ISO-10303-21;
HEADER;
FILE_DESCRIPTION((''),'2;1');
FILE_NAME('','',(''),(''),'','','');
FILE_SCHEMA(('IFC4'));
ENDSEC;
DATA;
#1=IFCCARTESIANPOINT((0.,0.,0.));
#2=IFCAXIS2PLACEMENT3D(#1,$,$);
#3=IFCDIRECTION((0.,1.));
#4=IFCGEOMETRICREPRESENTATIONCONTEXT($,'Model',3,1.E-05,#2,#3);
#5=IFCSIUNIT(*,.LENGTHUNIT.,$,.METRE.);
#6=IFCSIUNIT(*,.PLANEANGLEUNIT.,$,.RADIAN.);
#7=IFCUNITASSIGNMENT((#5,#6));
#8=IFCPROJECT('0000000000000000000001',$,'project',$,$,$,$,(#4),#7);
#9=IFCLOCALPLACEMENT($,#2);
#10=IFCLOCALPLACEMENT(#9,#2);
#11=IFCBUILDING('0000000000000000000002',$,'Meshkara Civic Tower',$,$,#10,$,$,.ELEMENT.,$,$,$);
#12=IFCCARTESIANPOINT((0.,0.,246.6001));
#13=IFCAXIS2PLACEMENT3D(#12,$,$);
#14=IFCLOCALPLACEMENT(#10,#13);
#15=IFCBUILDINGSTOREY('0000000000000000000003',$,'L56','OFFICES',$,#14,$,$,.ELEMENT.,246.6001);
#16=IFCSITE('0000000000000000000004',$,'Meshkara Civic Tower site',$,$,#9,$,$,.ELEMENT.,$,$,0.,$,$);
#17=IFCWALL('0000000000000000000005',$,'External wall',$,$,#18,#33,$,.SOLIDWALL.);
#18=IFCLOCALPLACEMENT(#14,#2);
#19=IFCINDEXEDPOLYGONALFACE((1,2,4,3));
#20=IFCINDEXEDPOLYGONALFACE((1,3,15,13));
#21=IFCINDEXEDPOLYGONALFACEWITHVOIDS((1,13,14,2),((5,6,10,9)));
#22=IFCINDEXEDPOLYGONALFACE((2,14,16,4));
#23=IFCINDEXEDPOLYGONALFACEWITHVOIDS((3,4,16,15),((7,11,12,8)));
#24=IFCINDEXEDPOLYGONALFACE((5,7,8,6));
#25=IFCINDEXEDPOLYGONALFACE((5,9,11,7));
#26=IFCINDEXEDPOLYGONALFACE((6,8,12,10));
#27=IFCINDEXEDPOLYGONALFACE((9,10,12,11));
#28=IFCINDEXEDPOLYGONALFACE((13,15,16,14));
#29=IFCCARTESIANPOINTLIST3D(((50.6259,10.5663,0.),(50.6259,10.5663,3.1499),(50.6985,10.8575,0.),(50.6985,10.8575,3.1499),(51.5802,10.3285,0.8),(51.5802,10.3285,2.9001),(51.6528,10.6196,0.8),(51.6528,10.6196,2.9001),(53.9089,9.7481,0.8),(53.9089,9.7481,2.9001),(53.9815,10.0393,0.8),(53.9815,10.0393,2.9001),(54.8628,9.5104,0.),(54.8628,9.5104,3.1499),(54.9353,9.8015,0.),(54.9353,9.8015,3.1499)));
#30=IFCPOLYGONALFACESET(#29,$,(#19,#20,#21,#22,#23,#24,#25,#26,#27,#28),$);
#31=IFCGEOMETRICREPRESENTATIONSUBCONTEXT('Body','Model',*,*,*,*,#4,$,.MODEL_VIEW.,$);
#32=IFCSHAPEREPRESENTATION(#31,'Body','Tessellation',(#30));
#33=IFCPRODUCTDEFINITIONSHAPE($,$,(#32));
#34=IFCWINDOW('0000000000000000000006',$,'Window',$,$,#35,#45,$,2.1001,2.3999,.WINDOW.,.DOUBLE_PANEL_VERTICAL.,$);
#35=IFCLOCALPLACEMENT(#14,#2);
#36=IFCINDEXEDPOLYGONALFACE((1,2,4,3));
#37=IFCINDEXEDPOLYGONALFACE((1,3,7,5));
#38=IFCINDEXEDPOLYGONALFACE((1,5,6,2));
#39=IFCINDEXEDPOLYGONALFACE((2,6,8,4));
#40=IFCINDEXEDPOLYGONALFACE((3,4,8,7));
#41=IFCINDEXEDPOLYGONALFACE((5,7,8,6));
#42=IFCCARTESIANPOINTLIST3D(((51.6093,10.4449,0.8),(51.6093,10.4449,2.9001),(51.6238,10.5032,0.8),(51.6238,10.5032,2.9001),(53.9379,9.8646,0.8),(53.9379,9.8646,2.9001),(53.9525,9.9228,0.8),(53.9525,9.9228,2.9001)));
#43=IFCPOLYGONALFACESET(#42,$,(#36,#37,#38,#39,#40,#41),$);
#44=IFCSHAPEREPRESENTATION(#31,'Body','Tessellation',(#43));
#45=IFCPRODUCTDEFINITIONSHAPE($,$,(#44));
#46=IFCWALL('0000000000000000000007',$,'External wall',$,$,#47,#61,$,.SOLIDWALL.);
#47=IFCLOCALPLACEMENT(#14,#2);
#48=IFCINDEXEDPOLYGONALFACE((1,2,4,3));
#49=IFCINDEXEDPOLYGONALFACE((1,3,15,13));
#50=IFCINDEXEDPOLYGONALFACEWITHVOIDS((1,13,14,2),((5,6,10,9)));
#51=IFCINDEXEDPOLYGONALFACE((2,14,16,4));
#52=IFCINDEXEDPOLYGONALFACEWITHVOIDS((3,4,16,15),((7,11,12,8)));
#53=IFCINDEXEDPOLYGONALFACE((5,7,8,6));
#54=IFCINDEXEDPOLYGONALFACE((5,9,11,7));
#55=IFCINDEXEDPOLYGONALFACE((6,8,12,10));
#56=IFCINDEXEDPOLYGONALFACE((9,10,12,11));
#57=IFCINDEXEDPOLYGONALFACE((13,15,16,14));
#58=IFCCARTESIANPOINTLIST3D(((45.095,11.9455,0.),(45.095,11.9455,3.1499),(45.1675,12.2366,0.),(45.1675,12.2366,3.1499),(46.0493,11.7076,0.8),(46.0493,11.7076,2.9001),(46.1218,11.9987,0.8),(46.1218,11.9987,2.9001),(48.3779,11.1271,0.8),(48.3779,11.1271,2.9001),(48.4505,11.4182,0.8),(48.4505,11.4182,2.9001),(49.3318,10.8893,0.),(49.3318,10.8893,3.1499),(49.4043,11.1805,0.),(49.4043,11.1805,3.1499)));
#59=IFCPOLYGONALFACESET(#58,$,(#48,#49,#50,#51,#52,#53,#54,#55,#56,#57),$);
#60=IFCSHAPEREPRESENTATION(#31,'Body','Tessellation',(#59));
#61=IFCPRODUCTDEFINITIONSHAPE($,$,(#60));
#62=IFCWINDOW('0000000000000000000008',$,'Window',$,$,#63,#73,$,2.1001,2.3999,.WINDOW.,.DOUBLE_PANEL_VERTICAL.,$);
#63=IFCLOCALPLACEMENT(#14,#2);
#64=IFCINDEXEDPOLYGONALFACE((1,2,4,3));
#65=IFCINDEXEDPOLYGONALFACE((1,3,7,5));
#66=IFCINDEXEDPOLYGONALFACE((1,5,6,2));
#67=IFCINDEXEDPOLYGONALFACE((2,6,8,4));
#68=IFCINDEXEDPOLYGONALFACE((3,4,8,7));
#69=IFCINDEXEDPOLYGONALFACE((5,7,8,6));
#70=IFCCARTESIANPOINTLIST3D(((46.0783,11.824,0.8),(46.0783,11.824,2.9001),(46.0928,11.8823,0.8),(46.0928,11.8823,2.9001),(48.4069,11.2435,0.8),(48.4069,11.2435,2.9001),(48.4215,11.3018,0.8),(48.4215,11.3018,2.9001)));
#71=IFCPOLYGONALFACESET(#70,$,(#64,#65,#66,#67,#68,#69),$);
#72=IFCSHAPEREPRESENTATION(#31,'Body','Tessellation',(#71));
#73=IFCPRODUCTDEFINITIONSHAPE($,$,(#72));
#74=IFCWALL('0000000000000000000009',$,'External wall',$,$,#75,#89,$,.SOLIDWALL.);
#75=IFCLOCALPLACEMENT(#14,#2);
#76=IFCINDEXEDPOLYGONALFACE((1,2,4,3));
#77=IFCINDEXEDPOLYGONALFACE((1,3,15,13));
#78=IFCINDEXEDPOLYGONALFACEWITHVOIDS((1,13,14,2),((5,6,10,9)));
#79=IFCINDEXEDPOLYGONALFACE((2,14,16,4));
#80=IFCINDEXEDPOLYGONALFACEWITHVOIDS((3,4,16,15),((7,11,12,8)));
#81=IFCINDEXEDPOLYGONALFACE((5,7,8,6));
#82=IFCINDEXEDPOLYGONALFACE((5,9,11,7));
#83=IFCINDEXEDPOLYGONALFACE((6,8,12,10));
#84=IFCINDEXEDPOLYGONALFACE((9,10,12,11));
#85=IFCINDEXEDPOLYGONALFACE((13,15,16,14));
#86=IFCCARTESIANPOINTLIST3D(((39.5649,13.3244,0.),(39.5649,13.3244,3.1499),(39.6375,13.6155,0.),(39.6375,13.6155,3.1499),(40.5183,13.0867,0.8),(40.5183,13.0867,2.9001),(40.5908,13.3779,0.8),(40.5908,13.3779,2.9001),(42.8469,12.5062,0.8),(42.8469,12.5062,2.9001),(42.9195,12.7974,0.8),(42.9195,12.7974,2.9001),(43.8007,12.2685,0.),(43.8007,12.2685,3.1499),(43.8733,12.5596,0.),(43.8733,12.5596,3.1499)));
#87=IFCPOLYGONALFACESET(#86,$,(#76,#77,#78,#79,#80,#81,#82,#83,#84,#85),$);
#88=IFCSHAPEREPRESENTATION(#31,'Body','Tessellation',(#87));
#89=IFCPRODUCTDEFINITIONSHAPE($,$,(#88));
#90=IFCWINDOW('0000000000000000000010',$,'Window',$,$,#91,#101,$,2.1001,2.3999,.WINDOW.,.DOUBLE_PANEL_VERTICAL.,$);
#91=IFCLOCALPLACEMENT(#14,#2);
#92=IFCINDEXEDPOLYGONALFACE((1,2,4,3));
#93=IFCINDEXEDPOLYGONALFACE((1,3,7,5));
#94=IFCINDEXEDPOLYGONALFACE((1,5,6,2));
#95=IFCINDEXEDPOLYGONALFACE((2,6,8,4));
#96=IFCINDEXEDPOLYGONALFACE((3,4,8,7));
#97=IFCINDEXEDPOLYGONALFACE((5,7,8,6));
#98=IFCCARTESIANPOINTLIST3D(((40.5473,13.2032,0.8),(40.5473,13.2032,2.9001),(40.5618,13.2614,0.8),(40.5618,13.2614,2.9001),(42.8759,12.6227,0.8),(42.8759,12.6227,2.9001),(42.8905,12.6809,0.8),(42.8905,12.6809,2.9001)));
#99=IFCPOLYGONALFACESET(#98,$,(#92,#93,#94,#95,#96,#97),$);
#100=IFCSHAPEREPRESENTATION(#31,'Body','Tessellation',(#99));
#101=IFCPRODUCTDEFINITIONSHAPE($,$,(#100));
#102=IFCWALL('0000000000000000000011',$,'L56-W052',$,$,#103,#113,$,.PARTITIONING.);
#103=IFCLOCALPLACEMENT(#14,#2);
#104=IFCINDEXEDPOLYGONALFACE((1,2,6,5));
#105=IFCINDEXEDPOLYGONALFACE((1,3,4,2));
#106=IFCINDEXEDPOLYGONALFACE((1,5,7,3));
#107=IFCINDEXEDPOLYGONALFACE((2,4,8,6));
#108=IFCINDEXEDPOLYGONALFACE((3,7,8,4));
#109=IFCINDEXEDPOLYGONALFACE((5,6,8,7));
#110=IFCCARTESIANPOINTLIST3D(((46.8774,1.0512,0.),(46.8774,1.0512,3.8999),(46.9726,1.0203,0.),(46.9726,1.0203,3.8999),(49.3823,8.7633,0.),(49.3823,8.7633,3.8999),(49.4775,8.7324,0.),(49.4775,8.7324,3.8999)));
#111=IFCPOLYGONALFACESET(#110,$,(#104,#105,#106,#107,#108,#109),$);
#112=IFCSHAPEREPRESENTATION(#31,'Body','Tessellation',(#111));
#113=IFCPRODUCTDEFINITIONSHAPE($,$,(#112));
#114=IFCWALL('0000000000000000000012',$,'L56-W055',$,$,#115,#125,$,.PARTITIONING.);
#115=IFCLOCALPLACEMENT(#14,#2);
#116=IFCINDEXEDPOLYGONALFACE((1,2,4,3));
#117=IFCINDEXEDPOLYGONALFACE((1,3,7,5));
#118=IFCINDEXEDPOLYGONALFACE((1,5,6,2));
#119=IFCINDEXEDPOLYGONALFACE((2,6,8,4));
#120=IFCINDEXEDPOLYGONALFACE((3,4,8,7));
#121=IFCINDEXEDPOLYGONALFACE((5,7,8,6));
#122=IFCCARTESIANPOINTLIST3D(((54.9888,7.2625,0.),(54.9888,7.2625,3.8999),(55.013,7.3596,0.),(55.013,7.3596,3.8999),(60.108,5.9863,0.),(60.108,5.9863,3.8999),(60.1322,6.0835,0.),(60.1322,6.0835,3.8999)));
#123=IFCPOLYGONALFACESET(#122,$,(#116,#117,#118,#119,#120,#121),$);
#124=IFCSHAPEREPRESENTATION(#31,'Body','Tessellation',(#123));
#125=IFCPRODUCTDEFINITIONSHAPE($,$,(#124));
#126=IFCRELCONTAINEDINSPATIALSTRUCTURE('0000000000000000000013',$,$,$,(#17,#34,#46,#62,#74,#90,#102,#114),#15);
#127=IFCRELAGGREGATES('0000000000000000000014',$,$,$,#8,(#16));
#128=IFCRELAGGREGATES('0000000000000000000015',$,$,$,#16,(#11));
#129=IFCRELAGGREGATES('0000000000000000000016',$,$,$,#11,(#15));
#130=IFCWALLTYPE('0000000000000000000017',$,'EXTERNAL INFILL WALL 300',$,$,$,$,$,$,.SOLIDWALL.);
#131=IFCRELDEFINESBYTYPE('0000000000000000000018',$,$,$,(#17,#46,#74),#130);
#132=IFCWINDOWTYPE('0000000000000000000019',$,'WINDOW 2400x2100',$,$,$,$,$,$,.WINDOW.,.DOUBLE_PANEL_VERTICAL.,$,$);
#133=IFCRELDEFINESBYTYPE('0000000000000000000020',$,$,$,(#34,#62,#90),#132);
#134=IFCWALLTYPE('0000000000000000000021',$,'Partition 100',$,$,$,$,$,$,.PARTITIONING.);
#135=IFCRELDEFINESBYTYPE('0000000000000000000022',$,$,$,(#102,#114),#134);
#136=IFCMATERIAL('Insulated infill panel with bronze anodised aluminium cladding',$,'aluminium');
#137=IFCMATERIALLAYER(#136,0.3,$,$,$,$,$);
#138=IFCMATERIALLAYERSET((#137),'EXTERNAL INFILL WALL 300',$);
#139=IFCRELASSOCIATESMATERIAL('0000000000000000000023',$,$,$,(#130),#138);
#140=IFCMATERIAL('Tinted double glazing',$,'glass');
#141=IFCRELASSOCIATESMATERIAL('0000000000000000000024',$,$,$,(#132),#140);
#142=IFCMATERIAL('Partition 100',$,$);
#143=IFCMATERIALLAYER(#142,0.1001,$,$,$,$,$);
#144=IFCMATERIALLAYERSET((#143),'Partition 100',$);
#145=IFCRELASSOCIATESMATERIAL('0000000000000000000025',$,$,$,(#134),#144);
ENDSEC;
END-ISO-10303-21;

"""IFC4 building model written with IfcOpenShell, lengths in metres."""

from ifc_helpers import new_model, si_unit, direction, frame, frame_2d, origin, place, context, subcontext, project, spatial, rectangle, extrude, material, layer, layer_set, type_object, element, fill, save


model = new_model("IFC4")

# Units and contexts
model_context = context("Model", 3, precision=1e-05, world=origin(), true_north=direction((0.0, 1.0)))
body_context = subcontext(model_context, "Body", "Model", "MODEL_VIEW")
ifc_project = project(units=[si_unit("LENGTHUNIT", "METRE"), si_unit("PLANEANGLEUNIT", "RADIAN")], contexts=[model_context])

# Site, building, storey
site_placement = place(None, origin())
site = spatial("IfcSite", under=ifc_project, at=site_placement, Name="Meshkara Civic Tower site", CompositionType="ELEMENT", RefElevation=0.0)
building_placement = place(site_placement, origin())
building = spatial("IfcBuilding", under=site, at=building_placement, Name="Meshkara Civic Tower", CompositionType="ELEMENT")
storey_placement = place(building_placement, frame((0.0, 0.0, 246.6001)))
storey = spatial("IfcBuildingStorey", under=building, at=storey_placement, Name="L56", Description="OFFICES", CompositionType="ELEMENT", Elevation=246.6001)

# Walls, openings, windows
ifc_material_1 = material(Name="Insulated infill panel with bronze anodised aluminium cladding", Category="aluminium")
ifc_layer_1 = layer(ifc_material_1, 0.3)
ifc_layer_set_1 = layer_set([ifc_layer_1], Name="EXTERNAL INFILL WALL 300")
wall_type_1 = type_object("IfcWallType", Name="EXTERNAL INFILL WALL 300", PredefinedType="SOLIDWALL", material=ifc_layer_set_1)
wall_1_placement = place(storey_placement, frame((54.8989, 9.656, 0.0), z_axis=(0.0, 0.0, 1.0), x_axis=(-0.97032, 0.241825, 0.0)))
wall_1 = element("IfcWall", 1, at=wall_1_placement, inside=storey, type_object=wall_type_1, Name="External wall", PredefinedType="SOLIDWALL", context=body_context, shape_type="SweptSolid", body=[
    extrude(rectangle(XDim=4.3665, YDim=0.3, at=frame_2d((2.1831, 0.0))), origin(), (0.0, 0.0, 1.0), 3.1499),
])
opening_1_placement = place(wall_1_placement, frame((0.9829, 0.0, 0.8)))
opening_1 = element("IfcOpeningElement", 2, at=opening_1_placement, cuts=wall_1, PredefinedType="OPENING", context=body_context, shape_type="SweptSolid", body=[
    extrude(rectangle(XDim=2.3999, YDim=2.1001, at=frame_2d((1.2, 1.05))), frame((0.0, 0.1599, 0.0), z_axis=(0.0, -1.0, 0.0), x_axis=(1.0, 0.0, 0.0)), (0.0, 0.0, 1.0), 0.3201),
])
ifc_material_2 = material(Name="Tinted double glazing", Category="glass")
window_type = type_object("IfcWindowType", Name="WINDOW 2400x2100", PartitioningType="DOUBLE_PANEL_VERTICAL", PredefinedType="WINDOW", material=ifc_material_2)
window_1_placement = place(opening_1_placement, origin())
window_1 = element("IfcWindow", 3, at=window_1_placement, inside=storey, type_object=window_type, Name="Window", OverallHeight=2.1001, OverallWidth=2.3999, PartitioningType="DOUBLE_PANEL_VERTICAL", PredefinedType="WINDOW", context=body_context, shape_type="SweptSolid", body=[
    extrude(rectangle(XDim=2.3999, YDim=2.1001, at=frame_2d((1.2, 1.05))), frame((0.0, 0.03, 0.0), z_axis=(0.0, -1.0, 0.0), x_axis=(1.0, 0.0, 0.0)), (0.0, 0.0, 1.0), 0.0601),
])
fill(opening_1, window_1)
wall_2_placement = place(storey_placement, frame((49.3679, 11.0349, 0.0), z_axis=(0.0, 0.0, 1.0), x_axis=(-0.970307, 0.241878, 0.0)))
wall_2 = element("IfcWall", 4, at=wall_2_placement, inside=storey, type_object=wall_type_1, Name="External wall", PredefinedType="SOLIDWALL", context=body_context, shape_type="SweptSolid", body=[
    extrude(rectangle(XDim=4.3665, YDim=0.3, at=frame_2d((2.1831, 0.0))), origin(), (0.0, 0.0, 1.0), 3.1499),
])
opening_2_placement = place(wall_2_placement, frame((0.9829, 0.0, 0.8)))
opening_2 = element("IfcOpeningElement", 5, at=opening_2_placement, cuts=wall_2, PredefinedType="OPENING", context=body_context, shape_type="SweptSolid", body=[
    extrude(rectangle(XDim=2.3999, YDim=2.1001, at=frame_2d((1.2, 1.05))), frame((0.0, 0.1599, 0.0), z_axis=(0.0, -1.0, 0.0), x_axis=(1.0, 0.0, 0.0)), (0.0, 0.0, 1.0), 0.3201),
])
window_2_placement = place(opening_2_placement, origin())
window_2 = element("IfcWindow", 6, at=window_2_placement, inside=storey, type_object=window_type, Name="Window", OverallHeight=2.1001, OverallWidth=2.3999, PartitioningType="DOUBLE_PANEL_VERTICAL", PredefinedType="WINDOW", context=body_context, shape_type="SweptSolid", body=[
    extrude(rectangle(XDim=2.3999, YDim=2.1001, at=frame_2d((1.2, 1.05))), frame((0.0, 0.03, 0.0), z_axis=(0.0, -1.0, 0.0), x_axis=(1.0, 0.0, 0.0)), (0.0, 0.0, 1.0), 0.0601),
])
fill(opening_2, window_2)
wall_3_placement = place(storey_placement, frame((43.8369, 12.4141, 0.0), z_axis=(0.0, 0.0, 1.0), x_axis=(-0.970307, 0.241878, 0.0)))
wall_3 = element("IfcWall", 7, at=wall_3_placement, inside=storey, type_object=wall_type_1, Name="External wall", PredefinedType="SOLIDWALL", context=body_context, shape_type="SweptSolid", body=[
    extrude(rectangle(XDim=4.3655, YDim=0.3, at=frame_2d((2.1826, 0.0))), origin(), (0.0, 0.0, 1.0), 3.1499),
])
opening_3_placement = place(wall_3_placement, frame((0.9829, 0.0, 0.8)))
opening_3 = element("IfcOpeningElement", 8, at=opening_3_placement, cuts=wall_3, PredefinedType="OPENING", context=body_context, shape_type="SweptSolid", body=[
    extrude(rectangle(XDim=2.3999, YDim=2.1001, at=frame_2d((1.2, 1.05))), frame((0.0, 0.1599, 0.0), z_axis=(0.0, -1.0, 0.0), x_axis=(1.0, 0.0, 0.0)), (0.0, 0.0, 1.0), 0.3201),
])
window_3_placement = place(opening_3_placement, origin())
window_3 = element("IfcWindow", 9, at=window_3_placement, inside=storey, type_object=window_type, Name="Window", OverallHeight=2.1001, OverallWidth=2.3999, PartitioningType="DOUBLE_PANEL_VERTICAL", PredefinedType="WINDOW", context=body_context, shape_type="SweptSolid", body=[
    extrude(rectangle(XDim=2.3999, YDim=2.1001, at=frame_2d((1.2, 1.05))), frame((0.0, 0.03, 0.0), z_axis=(0.0, -1.0, 0.0), x_axis=(1.0, 0.0, 0.0)), (0.0, 0.0, 1.0), 0.0601),
])
fill(opening_3, window_3)

# Walls
ifc_material_3 = material(Name="Partition 100")
ifc_layer_2 = layer(ifc_material_3, 0.1001)
ifc_layer_set_2 = layer_set([ifc_layer_2], Name="Partition 100")
wall_type_2 = type_object("IfcWallType", Name="Partition 100", PredefinedType="PARTITIONING", material=ifc_layer_set_2)
wall_4_placement = place(storey_placement, frame((46.925, 1.0359, 0.0), z_axis=(0.0, 0.0, 1.0), x_axis=(0.308911, 0.951091, 0.0)))
element("IfcWall", 10, at=wall_4_placement, inside=storey, type_object=wall_type_2, Name="L56-W052", PredefinedType="PARTITIONING", context=body_context, shape_type="SweptSolid", body=[
    extrude(rectangle(XDim=8.1086, YDim=0.1001, at=frame_2d((4.0542, 0.0))), origin(), (0.0, 0.0, 1.0), 3.8999),
])
wall_5_placement = place(storey_placement, frame((60.1201, 6.0349, 0.0), z_axis=(0.0, 0.0, 1.0), x_axis=(-0.970306, 0.241882, 0.0)))
element("IfcWall", 11, at=wall_5_placement, inside=storey, type_object=wall_type_2, Name="L56-W055", PredefinedType="PARTITIONING", context=body_context, shape_type="SweptSolid", body=[
    extrude(rectangle(XDim=5.2759, YDim=0.1001, at=frame_2d((2.6379, 0.0))), origin(), (0.0, 0.0, 1.0), 3.8999),
])

save(model, "model.ifc")
